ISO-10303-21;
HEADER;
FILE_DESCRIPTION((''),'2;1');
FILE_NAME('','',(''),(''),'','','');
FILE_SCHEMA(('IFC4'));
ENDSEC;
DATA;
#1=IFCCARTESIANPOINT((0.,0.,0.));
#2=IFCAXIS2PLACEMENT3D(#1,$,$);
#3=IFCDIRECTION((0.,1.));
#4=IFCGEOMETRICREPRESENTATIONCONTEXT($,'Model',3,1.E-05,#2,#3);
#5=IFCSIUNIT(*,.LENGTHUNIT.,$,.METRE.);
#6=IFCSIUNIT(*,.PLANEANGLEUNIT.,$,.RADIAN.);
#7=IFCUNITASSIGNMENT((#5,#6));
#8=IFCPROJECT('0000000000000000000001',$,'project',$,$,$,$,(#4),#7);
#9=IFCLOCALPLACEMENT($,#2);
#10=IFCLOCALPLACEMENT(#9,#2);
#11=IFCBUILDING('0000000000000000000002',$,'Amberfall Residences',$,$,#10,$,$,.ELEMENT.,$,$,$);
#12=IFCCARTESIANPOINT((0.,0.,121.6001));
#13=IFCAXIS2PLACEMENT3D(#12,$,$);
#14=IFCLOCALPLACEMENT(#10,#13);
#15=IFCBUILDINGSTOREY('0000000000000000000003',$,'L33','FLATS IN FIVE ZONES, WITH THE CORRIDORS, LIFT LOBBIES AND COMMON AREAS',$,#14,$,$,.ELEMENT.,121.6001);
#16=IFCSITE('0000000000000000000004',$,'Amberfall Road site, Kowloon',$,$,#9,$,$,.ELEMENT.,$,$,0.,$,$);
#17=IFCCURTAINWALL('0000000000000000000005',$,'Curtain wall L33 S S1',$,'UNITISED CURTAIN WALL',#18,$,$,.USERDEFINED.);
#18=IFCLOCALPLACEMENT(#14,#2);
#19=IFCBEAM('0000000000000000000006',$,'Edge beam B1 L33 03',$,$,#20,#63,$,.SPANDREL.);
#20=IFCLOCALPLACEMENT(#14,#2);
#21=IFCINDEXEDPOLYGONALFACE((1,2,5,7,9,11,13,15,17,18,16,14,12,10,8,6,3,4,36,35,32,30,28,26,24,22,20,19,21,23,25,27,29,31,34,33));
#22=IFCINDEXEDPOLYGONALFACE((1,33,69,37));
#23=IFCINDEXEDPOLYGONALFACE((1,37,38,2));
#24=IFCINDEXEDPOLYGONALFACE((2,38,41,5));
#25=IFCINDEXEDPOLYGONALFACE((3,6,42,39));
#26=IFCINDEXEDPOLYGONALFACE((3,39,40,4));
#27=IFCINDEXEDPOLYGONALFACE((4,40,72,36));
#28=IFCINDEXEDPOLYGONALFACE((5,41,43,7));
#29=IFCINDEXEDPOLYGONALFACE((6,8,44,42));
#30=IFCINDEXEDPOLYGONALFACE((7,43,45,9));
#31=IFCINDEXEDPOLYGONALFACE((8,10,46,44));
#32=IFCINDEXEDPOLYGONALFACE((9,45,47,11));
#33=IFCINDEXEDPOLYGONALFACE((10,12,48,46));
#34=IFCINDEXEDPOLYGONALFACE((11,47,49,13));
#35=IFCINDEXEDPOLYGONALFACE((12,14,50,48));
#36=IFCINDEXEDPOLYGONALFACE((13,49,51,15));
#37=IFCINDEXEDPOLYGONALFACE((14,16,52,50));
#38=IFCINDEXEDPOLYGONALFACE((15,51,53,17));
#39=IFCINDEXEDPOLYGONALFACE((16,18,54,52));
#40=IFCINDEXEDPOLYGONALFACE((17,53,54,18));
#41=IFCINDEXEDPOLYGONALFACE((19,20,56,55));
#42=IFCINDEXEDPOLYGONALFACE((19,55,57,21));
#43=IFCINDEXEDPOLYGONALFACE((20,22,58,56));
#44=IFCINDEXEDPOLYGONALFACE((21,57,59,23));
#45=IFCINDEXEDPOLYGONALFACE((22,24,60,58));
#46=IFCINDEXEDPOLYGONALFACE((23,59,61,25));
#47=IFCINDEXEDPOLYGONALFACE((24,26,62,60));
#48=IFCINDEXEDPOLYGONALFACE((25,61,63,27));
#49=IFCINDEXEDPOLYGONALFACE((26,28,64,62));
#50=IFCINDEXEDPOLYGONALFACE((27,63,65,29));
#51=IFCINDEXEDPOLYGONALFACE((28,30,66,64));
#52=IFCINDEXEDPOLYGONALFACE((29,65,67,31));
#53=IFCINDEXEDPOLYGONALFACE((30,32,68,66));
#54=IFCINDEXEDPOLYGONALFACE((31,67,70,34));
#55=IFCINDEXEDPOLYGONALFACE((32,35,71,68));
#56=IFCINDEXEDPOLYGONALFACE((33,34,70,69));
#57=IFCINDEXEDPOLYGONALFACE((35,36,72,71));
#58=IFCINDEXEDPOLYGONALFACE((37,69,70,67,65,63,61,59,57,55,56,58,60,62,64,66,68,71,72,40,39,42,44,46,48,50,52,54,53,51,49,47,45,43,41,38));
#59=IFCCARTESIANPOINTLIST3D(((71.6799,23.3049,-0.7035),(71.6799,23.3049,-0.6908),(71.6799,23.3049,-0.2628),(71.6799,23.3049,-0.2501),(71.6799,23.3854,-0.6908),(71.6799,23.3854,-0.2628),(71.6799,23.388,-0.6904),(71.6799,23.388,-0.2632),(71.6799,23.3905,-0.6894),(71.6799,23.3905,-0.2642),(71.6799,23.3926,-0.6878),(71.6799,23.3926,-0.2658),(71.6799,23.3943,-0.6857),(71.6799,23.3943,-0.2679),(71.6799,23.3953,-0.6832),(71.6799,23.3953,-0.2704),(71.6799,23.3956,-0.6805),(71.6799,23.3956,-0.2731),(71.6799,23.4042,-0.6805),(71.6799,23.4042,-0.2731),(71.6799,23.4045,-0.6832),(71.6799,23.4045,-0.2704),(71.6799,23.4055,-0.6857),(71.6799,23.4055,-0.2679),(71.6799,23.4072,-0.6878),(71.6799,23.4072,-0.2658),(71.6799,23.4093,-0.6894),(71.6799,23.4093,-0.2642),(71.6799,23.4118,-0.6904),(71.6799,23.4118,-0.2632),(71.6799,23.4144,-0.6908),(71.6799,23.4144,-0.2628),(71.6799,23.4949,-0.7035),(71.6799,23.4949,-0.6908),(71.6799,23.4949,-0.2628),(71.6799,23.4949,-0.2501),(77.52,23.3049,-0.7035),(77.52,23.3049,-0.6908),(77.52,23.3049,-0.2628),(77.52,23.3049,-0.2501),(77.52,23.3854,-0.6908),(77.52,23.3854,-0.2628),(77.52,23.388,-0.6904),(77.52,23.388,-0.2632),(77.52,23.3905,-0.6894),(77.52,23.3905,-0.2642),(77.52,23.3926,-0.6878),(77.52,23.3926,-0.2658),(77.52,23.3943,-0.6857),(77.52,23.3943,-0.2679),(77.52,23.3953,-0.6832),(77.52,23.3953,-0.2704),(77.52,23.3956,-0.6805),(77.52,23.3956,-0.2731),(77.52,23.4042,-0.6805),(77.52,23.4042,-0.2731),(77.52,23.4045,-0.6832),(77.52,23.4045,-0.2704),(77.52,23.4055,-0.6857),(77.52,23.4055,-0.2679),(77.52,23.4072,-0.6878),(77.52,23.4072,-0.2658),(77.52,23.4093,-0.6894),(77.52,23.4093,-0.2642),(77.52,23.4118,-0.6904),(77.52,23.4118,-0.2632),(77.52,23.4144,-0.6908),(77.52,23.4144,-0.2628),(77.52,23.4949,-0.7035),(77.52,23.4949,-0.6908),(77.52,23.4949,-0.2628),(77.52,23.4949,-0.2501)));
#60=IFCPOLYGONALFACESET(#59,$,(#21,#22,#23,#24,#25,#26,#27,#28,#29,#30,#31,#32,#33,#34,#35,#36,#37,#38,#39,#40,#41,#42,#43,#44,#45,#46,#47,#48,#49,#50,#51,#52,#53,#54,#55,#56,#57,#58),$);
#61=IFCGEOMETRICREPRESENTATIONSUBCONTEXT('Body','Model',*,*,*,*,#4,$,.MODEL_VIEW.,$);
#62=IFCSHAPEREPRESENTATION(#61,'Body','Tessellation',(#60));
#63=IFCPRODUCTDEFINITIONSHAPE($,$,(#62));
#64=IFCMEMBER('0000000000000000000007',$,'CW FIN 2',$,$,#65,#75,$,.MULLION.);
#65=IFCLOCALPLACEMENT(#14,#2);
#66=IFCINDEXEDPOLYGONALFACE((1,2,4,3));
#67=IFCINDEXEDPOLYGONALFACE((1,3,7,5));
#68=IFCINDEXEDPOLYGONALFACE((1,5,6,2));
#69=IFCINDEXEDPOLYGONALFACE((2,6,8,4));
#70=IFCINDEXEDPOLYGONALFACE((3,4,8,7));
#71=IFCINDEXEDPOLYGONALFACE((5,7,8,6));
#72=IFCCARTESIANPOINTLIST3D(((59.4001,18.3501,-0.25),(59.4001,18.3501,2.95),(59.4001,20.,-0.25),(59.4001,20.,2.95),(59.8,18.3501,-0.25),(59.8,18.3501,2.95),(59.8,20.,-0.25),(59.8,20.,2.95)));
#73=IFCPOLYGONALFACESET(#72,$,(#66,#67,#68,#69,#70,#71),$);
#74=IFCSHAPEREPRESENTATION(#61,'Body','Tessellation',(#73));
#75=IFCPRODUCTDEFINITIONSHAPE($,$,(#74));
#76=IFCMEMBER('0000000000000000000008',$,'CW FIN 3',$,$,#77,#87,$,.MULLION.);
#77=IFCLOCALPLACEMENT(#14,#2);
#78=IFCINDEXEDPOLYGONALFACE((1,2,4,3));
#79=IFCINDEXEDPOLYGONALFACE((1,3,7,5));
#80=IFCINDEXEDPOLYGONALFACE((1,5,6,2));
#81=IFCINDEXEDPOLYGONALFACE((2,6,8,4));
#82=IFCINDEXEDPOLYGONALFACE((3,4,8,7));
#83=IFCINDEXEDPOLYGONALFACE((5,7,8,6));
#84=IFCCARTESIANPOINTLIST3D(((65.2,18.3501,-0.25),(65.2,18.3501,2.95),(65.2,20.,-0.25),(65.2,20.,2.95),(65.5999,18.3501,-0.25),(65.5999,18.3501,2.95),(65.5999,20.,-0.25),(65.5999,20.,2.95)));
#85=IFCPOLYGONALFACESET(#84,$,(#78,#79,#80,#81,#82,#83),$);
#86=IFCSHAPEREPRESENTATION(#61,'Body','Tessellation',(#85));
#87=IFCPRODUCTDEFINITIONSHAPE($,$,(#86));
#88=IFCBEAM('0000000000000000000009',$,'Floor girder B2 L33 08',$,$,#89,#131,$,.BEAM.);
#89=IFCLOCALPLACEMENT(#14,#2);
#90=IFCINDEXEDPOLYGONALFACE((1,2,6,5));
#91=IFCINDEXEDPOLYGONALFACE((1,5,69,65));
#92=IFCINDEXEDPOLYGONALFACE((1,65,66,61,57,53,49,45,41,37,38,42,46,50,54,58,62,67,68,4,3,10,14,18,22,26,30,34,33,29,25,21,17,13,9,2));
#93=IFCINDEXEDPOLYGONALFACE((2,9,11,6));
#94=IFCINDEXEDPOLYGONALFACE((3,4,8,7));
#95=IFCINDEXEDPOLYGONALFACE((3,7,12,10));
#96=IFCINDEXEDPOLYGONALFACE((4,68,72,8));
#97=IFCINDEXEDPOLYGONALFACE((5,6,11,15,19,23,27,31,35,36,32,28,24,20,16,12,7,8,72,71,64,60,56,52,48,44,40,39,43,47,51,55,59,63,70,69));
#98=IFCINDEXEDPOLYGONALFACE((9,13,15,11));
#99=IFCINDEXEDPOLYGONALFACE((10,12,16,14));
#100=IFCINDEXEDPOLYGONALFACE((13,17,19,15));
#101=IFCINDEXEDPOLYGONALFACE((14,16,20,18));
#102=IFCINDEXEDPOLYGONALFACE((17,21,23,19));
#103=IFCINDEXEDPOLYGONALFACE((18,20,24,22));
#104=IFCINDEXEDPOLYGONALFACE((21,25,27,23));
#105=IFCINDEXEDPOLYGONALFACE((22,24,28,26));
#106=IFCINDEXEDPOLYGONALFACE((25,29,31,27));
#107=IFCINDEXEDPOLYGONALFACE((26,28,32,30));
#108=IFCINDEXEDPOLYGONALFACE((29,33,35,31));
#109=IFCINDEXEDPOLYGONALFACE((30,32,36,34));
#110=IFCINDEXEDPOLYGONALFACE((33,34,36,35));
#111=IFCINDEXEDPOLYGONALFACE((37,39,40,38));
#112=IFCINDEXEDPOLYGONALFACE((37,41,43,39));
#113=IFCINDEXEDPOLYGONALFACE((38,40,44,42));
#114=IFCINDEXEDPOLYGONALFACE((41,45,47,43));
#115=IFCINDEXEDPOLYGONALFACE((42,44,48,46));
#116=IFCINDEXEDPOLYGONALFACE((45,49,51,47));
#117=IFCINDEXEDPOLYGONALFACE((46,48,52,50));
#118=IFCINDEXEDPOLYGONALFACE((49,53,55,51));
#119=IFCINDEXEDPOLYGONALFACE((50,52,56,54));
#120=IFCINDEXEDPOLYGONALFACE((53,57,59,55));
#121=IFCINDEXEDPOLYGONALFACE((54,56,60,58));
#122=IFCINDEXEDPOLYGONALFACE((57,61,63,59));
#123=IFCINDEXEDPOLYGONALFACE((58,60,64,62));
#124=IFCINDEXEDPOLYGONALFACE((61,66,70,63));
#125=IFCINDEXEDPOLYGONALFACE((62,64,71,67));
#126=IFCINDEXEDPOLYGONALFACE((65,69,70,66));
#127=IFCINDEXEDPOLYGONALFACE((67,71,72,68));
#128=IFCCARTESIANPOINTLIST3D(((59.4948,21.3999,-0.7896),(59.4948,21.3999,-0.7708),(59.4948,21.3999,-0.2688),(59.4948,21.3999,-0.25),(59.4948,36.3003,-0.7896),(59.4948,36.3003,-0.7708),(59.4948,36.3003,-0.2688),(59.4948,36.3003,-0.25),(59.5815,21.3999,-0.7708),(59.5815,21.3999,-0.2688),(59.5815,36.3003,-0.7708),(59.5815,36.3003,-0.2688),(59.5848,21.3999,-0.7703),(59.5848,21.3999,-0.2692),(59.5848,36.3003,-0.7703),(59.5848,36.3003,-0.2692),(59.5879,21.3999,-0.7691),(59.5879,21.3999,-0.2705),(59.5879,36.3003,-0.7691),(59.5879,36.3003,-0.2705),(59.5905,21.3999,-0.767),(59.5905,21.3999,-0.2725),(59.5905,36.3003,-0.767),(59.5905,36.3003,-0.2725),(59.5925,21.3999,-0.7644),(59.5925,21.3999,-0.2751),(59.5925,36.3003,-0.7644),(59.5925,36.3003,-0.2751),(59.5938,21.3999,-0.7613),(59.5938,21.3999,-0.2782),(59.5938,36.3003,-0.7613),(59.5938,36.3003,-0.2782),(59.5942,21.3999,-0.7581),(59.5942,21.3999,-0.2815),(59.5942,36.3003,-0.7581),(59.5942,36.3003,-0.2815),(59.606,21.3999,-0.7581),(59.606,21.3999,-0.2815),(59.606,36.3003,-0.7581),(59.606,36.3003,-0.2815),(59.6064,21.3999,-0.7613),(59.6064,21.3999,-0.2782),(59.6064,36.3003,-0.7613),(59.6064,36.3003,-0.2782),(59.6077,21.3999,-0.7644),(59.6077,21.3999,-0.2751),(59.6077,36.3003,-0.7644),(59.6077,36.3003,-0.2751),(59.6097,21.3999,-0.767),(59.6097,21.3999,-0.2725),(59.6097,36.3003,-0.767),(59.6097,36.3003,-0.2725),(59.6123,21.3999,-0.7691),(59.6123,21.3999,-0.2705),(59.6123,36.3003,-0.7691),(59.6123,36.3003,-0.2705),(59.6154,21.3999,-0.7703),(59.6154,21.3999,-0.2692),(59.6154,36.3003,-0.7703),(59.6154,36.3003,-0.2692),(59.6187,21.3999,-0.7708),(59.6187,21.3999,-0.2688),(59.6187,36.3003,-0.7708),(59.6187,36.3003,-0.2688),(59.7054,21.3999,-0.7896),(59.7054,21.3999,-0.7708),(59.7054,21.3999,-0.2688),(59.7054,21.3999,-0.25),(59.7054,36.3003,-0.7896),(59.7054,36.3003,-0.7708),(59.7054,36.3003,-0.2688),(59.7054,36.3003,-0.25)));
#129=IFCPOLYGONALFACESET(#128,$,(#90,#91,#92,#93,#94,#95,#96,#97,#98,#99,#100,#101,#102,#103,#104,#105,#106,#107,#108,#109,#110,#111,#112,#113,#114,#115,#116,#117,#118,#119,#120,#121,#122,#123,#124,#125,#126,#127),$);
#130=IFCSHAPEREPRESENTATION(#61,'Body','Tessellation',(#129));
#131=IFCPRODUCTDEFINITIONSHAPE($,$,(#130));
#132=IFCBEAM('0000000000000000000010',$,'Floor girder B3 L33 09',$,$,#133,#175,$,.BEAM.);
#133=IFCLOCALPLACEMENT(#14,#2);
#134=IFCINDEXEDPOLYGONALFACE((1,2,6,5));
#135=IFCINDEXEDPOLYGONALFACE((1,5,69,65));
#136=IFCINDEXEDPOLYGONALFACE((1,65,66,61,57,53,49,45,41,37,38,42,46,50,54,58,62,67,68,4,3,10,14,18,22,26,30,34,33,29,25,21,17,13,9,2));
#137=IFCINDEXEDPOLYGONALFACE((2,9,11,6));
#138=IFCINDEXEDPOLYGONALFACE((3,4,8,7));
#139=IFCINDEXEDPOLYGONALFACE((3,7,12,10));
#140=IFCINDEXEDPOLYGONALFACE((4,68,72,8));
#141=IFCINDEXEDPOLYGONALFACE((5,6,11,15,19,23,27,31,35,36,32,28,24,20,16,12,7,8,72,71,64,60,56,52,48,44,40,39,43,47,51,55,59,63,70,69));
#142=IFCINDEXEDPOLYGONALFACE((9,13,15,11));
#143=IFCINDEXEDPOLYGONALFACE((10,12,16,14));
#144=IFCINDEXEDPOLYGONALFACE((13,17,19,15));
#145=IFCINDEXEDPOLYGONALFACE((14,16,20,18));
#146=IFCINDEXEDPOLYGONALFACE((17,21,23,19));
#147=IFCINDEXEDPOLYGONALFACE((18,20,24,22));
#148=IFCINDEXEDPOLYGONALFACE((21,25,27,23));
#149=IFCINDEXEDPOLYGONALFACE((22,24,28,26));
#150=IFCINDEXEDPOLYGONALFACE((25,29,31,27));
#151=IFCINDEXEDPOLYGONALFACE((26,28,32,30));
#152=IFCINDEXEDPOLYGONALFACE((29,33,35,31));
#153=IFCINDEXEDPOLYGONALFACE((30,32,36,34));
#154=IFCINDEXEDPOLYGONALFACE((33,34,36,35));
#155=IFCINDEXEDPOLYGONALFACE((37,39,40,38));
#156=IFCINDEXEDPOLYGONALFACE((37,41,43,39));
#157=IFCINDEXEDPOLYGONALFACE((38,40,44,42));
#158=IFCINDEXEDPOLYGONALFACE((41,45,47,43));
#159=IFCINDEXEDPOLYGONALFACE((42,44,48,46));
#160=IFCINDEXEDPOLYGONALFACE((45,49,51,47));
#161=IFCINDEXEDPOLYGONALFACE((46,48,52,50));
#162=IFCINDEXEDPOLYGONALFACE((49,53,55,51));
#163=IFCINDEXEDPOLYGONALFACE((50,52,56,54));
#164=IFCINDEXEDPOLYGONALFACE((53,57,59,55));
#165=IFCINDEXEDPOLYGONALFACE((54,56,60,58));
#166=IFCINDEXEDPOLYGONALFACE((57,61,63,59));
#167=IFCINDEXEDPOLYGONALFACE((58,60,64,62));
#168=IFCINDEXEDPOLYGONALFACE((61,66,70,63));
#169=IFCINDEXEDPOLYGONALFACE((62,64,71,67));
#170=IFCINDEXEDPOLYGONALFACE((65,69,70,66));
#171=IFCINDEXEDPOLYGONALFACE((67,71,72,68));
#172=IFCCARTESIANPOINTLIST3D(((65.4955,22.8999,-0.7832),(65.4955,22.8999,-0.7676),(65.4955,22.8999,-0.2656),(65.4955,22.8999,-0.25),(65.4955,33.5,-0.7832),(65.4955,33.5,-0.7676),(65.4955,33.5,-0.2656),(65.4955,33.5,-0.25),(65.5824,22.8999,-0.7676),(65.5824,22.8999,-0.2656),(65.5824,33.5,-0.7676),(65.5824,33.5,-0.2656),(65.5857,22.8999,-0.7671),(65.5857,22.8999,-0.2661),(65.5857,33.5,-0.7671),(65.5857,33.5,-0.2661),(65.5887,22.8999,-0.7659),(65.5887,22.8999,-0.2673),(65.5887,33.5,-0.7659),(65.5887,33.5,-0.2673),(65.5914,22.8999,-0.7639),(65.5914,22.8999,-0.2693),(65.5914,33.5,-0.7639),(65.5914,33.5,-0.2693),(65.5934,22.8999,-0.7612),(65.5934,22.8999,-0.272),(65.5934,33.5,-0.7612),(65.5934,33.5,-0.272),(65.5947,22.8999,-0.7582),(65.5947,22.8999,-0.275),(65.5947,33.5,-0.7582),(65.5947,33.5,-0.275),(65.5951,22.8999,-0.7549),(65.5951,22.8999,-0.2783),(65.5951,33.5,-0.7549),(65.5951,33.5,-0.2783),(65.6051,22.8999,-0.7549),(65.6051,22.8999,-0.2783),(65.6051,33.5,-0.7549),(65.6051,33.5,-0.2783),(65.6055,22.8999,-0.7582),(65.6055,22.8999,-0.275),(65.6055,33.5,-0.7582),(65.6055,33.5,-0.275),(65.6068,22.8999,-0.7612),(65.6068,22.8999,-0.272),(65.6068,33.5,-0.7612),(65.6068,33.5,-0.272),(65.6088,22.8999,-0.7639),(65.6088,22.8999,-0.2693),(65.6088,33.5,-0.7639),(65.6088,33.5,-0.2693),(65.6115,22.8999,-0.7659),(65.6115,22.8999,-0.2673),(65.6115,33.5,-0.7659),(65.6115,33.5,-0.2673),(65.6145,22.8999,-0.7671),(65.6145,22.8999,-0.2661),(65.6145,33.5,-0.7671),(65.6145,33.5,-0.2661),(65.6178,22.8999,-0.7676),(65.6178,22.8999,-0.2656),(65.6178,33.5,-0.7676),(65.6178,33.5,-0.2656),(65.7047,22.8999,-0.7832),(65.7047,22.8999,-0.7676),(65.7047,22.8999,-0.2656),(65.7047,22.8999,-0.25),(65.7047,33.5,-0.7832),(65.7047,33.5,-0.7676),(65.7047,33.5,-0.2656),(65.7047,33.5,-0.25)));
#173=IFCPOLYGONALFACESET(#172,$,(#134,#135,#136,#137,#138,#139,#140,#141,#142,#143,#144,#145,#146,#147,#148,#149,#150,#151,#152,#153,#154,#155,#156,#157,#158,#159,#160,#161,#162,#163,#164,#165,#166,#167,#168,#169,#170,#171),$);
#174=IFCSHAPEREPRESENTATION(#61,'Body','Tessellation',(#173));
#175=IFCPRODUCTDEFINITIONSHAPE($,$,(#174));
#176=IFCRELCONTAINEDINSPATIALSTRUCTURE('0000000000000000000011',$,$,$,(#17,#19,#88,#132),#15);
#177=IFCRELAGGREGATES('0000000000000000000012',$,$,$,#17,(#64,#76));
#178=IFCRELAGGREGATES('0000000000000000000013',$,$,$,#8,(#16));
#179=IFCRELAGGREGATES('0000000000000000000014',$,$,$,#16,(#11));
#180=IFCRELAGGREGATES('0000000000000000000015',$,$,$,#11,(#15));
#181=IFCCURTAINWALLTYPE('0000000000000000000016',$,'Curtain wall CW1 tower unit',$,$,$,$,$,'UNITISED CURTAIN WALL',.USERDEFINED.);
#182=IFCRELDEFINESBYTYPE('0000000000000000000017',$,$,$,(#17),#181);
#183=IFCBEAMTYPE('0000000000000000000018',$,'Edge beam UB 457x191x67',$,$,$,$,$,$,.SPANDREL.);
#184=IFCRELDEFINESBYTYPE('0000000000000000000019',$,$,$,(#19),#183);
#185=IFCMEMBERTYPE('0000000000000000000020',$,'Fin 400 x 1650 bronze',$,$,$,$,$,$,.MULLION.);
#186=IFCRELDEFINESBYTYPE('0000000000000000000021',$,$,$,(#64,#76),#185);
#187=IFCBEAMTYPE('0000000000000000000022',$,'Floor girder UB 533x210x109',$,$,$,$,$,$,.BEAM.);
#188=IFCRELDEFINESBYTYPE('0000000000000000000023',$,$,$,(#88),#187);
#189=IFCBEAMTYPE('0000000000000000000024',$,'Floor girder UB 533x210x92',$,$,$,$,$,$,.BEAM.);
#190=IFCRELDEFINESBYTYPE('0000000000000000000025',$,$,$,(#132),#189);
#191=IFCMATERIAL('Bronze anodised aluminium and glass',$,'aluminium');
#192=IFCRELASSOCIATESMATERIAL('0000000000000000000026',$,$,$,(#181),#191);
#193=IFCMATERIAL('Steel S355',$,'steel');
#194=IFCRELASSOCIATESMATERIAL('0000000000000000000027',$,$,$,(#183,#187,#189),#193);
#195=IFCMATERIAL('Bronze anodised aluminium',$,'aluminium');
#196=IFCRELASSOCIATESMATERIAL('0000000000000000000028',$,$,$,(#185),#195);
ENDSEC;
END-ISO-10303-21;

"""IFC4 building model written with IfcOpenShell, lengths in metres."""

from ifc_helpers import new_model, si_unit, direction, frame, origin, origin_2d, place, context, subcontext, project, spatial, rectangle, i_section, extrude, material, material_profile, profile_set, type_object, element, aggregate, save


model = new_model("IFC4")

# Units and contexts
model_context = context("Model", 3, precision=1e-05, world=origin(), true_north=direction((0.0, 1.0)))
body_context = subcontext(model_context, "Body", "Model", "MODEL_VIEW")
ifc_project = project(units=[si_unit("LENGTHUNIT", "METRE"), si_unit("PLANEANGLEUNIT", "RADIAN")], contexts=[model_context])

# Site, building, storey
site_placement = place(None, origin())
site = spatial("IfcSite", under=ifc_project, at=site_placement, Name="Amberfall Road site, Kowloon", CompositionType="ELEMENT", RefElevation=0.0)
building_placement = place(site_placement, origin())
building = spatial("IfcBuilding", under=site, at=building_placement, Name="Amberfall Residences", CompositionType="ELEMENT")
storey_placement = place(building_placement, frame((0.0, 0.0, 121.6001)))
storey = spatial("IfcBuildingStorey", under=building, at=storey_placement, Name="L33", Description="FLATS IN FIVE ZONES, WITH THE CORRIDORS, LIFT LOBBIES AND COMMON AREAS", CompositionType="ELEMENT", Elevation=121.6001)

# Curtain wall
ifc_material_1 = material(Name="Bronze anodised aluminium and glass", Category="aluminium")
curtain_wall_type = type_object("IfcCurtainWallType", Name="Curtain wall CW1 tower unit", ElementType="UNITISED CURTAIN WALL", PredefinedType="USERDEFINED", material=ifc_material_1)
curtain_wall_placement = place(storey_placement, origin())
curtain_wall = element("IfcCurtainWall", 1, at=curtain_wall_placement, inside=storey, type_object=curtain_wall_type, Name="Curtain wall L33 S S1", ObjectType="UNITISED CURTAIN WALL", PredefinedType="USERDEFINED")
ifc_material_2 = material(Name="Bronze anodised aluminium", Category="aluminium")

# Beam
ifc_material_3 = material(Name="Steel S355", Category="steel")
ifc_material_profile_1 = material_profile(ifc_material_3, i_section(OverallWidth=0.1899, OverallDepth=0.4534, WebThickness=0.0085, FlangeThickness=0.0127, FilletRadius=0.0103, at=origin_2d()), Name="UB 457x191x67")
ifc_profile_set_1 = profile_set([ifc_material_profile_1], Name="Steel S355")
beam_type_1 = type_object("IfcBeamType", Name="Edge beam UB 457x191x67", PredefinedType="SPANDREL", material=ifc_profile_set_1)
beam_1_placement = place(storey_placement, frame((71.6799, 23.3999, -0.4768), z_axis=(1.0, 0.0, 0.0), x_axis=(0.0, 1.0, 0.0)))
element("IfcBeam", 2, at=beam_1_placement, inside=storey, type_object=beam_type_1, Name="Edge beam B1 L33 03", PredefinedType="SPANDREL", context=body_context, shape_type="SweptSolid", body=[
    extrude(i_section(OverallWidth=0.1899, OverallDepth=0.4534, WebThickness=0.0085, FlangeThickness=0.0127, FilletRadius=0.0103, at=origin_2d()), origin(), (0.0, 0.0, 1.0), 5.8401),
])

# Members
ifc_material_profile_2 = material_profile(ifc_material_2, rectangle(XDim=1.6499, YDim=0.3999, at=origin_2d()), Name="Fin 400 x 1650 bronze")
ifc_profile_set_2 = profile_set([ifc_material_profile_2], Name="Bronze anodised aluminium")
member_type_1 = type_object("IfcMemberType", Name="Fin 400 x 1650 bronze", PredefinedType="MULLION", material=ifc_profile_set_2)
member_1_placement = place(storey_placement, frame((59.6001, 19.175, -0.25), z_axis=(0.0, 0.0, 1.0), x_axis=(0.0, 1.0, 0.0)))
member_1 = element("IfcMember", 3, at=member_1_placement, type_object=member_type_1, Name="CW FIN 2", PredefinedType="MULLION", context=body_context, shape_type="SweptSolid", body=[
    extrude(rectangle(XDim=1.6499, YDim=0.3999, at=origin_2d()), origin(), (0.0, 0.0, 1.0), 3.2),
])
member_2_placement = place(storey_placement, frame((65.3999, 19.175, -0.25), z_axis=(0.0, 0.0, 1.0), x_axis=(0.0, 1.0, 0.0)))
member_2 = element("IfcMember", 4, at=member_2_placement, type_object=member_type_1, Name="CW FIN 3", PredefinedType="MULLION", context=body_context, shape_type="SweptSolid", body=[
    extrude(rectangle(XDim=1.6499, YDim=0.3999, at=origin_2d()), origin(), (0.0, 0.0, 1.0), 3.2),
])

# Beams
ifc_material_profile_3 = material_profile(ifc_material_3, i_section(OverallWidth=0.2107, OverallDepth=0.5396, WebThickness=0.0117, FlangeThickness=0.0188, FilletRadius=0.0127, at=origin_2d()), Name="UB 533x210x109")
ifc_profile_set_3 = profile_set([ifc_material_profile_3], Name="Steel S355")
beam_type_2 = type_object("IfcBeamType", Name="Floor girder UB 533x210x109", PredefinedType="BEAM", material=ifc_profile_set_3)
beam_2_placement = place(storey_placement, frame((59.6001, 21.3999, -0.5198), z_axis=(0.0, 1.0, 0.0), x_axis=(-1.0, 0.0, 0.0)))
element("IfcBeam", 5, at=beam_2_placement, inside=storey, type_object=beam_type_2, Name="Floor girder B2 L33 08", PredefinedType="BEAM", context=body_context, shape_type="SweptSolid", body=[
    extrude(i_section(OverallWidth=0.2107, OverallDepth=0.5396, WebThickness=0.0117, FlangeThickness=0.0188, FilletRadius=0.0127, at=origin_2d()), origin(), (0.0, 0.0, 1.0), 14.9004),
])
ifc_material_profile_4 = material_profile(ifc_material_3, i_section(OverallWidth=0.2092, OverallDepth=0.5332, WebThickness=0.01, FlangeThickness=0.0156, FilletRadius=0.0127, at=origin_2d()), Name="UB 533x210x92")
ifc_profile_set_4 = profile_set([ifc_material_profile_4], Name="Steel S355")
beam_type_3 = type_object("IfcBeamType", Name="Floor girder UB 533x210x92", PredefinedType="BEAM", material=ifc_profile_set_4)
for number, where, z_axis, x_axis, name in (
    (6, (65.6001, 22.8999, -0.5166), (0.0, 1.0, 0.0), (-1.0, 0.0, 0.0), "Floor girder B3 L33 09"),
):
    element("IfcBeam", number, at=place(storey_placement, frame(where, z_axis=z_axis, x_axis=x_axis)), inside=storey, type_object=beam_type_3, Name=name, PredefinedType="BEAM", context=body_context, shape_type="SweptSolid", body=[
        extrude(i_section(OverallWidth=0.2092, OverallDepth=0.5332, WebThickness=0.01, FlangeThickness=0.0156, FilletRadius=0.0127, at=origin_2d()), origin(), (0.0, 0.0, 1.0), 10.6001),
    ])

aggregate(curtain_wall, [member_1, member_2])

save(model, "model.ifc")
